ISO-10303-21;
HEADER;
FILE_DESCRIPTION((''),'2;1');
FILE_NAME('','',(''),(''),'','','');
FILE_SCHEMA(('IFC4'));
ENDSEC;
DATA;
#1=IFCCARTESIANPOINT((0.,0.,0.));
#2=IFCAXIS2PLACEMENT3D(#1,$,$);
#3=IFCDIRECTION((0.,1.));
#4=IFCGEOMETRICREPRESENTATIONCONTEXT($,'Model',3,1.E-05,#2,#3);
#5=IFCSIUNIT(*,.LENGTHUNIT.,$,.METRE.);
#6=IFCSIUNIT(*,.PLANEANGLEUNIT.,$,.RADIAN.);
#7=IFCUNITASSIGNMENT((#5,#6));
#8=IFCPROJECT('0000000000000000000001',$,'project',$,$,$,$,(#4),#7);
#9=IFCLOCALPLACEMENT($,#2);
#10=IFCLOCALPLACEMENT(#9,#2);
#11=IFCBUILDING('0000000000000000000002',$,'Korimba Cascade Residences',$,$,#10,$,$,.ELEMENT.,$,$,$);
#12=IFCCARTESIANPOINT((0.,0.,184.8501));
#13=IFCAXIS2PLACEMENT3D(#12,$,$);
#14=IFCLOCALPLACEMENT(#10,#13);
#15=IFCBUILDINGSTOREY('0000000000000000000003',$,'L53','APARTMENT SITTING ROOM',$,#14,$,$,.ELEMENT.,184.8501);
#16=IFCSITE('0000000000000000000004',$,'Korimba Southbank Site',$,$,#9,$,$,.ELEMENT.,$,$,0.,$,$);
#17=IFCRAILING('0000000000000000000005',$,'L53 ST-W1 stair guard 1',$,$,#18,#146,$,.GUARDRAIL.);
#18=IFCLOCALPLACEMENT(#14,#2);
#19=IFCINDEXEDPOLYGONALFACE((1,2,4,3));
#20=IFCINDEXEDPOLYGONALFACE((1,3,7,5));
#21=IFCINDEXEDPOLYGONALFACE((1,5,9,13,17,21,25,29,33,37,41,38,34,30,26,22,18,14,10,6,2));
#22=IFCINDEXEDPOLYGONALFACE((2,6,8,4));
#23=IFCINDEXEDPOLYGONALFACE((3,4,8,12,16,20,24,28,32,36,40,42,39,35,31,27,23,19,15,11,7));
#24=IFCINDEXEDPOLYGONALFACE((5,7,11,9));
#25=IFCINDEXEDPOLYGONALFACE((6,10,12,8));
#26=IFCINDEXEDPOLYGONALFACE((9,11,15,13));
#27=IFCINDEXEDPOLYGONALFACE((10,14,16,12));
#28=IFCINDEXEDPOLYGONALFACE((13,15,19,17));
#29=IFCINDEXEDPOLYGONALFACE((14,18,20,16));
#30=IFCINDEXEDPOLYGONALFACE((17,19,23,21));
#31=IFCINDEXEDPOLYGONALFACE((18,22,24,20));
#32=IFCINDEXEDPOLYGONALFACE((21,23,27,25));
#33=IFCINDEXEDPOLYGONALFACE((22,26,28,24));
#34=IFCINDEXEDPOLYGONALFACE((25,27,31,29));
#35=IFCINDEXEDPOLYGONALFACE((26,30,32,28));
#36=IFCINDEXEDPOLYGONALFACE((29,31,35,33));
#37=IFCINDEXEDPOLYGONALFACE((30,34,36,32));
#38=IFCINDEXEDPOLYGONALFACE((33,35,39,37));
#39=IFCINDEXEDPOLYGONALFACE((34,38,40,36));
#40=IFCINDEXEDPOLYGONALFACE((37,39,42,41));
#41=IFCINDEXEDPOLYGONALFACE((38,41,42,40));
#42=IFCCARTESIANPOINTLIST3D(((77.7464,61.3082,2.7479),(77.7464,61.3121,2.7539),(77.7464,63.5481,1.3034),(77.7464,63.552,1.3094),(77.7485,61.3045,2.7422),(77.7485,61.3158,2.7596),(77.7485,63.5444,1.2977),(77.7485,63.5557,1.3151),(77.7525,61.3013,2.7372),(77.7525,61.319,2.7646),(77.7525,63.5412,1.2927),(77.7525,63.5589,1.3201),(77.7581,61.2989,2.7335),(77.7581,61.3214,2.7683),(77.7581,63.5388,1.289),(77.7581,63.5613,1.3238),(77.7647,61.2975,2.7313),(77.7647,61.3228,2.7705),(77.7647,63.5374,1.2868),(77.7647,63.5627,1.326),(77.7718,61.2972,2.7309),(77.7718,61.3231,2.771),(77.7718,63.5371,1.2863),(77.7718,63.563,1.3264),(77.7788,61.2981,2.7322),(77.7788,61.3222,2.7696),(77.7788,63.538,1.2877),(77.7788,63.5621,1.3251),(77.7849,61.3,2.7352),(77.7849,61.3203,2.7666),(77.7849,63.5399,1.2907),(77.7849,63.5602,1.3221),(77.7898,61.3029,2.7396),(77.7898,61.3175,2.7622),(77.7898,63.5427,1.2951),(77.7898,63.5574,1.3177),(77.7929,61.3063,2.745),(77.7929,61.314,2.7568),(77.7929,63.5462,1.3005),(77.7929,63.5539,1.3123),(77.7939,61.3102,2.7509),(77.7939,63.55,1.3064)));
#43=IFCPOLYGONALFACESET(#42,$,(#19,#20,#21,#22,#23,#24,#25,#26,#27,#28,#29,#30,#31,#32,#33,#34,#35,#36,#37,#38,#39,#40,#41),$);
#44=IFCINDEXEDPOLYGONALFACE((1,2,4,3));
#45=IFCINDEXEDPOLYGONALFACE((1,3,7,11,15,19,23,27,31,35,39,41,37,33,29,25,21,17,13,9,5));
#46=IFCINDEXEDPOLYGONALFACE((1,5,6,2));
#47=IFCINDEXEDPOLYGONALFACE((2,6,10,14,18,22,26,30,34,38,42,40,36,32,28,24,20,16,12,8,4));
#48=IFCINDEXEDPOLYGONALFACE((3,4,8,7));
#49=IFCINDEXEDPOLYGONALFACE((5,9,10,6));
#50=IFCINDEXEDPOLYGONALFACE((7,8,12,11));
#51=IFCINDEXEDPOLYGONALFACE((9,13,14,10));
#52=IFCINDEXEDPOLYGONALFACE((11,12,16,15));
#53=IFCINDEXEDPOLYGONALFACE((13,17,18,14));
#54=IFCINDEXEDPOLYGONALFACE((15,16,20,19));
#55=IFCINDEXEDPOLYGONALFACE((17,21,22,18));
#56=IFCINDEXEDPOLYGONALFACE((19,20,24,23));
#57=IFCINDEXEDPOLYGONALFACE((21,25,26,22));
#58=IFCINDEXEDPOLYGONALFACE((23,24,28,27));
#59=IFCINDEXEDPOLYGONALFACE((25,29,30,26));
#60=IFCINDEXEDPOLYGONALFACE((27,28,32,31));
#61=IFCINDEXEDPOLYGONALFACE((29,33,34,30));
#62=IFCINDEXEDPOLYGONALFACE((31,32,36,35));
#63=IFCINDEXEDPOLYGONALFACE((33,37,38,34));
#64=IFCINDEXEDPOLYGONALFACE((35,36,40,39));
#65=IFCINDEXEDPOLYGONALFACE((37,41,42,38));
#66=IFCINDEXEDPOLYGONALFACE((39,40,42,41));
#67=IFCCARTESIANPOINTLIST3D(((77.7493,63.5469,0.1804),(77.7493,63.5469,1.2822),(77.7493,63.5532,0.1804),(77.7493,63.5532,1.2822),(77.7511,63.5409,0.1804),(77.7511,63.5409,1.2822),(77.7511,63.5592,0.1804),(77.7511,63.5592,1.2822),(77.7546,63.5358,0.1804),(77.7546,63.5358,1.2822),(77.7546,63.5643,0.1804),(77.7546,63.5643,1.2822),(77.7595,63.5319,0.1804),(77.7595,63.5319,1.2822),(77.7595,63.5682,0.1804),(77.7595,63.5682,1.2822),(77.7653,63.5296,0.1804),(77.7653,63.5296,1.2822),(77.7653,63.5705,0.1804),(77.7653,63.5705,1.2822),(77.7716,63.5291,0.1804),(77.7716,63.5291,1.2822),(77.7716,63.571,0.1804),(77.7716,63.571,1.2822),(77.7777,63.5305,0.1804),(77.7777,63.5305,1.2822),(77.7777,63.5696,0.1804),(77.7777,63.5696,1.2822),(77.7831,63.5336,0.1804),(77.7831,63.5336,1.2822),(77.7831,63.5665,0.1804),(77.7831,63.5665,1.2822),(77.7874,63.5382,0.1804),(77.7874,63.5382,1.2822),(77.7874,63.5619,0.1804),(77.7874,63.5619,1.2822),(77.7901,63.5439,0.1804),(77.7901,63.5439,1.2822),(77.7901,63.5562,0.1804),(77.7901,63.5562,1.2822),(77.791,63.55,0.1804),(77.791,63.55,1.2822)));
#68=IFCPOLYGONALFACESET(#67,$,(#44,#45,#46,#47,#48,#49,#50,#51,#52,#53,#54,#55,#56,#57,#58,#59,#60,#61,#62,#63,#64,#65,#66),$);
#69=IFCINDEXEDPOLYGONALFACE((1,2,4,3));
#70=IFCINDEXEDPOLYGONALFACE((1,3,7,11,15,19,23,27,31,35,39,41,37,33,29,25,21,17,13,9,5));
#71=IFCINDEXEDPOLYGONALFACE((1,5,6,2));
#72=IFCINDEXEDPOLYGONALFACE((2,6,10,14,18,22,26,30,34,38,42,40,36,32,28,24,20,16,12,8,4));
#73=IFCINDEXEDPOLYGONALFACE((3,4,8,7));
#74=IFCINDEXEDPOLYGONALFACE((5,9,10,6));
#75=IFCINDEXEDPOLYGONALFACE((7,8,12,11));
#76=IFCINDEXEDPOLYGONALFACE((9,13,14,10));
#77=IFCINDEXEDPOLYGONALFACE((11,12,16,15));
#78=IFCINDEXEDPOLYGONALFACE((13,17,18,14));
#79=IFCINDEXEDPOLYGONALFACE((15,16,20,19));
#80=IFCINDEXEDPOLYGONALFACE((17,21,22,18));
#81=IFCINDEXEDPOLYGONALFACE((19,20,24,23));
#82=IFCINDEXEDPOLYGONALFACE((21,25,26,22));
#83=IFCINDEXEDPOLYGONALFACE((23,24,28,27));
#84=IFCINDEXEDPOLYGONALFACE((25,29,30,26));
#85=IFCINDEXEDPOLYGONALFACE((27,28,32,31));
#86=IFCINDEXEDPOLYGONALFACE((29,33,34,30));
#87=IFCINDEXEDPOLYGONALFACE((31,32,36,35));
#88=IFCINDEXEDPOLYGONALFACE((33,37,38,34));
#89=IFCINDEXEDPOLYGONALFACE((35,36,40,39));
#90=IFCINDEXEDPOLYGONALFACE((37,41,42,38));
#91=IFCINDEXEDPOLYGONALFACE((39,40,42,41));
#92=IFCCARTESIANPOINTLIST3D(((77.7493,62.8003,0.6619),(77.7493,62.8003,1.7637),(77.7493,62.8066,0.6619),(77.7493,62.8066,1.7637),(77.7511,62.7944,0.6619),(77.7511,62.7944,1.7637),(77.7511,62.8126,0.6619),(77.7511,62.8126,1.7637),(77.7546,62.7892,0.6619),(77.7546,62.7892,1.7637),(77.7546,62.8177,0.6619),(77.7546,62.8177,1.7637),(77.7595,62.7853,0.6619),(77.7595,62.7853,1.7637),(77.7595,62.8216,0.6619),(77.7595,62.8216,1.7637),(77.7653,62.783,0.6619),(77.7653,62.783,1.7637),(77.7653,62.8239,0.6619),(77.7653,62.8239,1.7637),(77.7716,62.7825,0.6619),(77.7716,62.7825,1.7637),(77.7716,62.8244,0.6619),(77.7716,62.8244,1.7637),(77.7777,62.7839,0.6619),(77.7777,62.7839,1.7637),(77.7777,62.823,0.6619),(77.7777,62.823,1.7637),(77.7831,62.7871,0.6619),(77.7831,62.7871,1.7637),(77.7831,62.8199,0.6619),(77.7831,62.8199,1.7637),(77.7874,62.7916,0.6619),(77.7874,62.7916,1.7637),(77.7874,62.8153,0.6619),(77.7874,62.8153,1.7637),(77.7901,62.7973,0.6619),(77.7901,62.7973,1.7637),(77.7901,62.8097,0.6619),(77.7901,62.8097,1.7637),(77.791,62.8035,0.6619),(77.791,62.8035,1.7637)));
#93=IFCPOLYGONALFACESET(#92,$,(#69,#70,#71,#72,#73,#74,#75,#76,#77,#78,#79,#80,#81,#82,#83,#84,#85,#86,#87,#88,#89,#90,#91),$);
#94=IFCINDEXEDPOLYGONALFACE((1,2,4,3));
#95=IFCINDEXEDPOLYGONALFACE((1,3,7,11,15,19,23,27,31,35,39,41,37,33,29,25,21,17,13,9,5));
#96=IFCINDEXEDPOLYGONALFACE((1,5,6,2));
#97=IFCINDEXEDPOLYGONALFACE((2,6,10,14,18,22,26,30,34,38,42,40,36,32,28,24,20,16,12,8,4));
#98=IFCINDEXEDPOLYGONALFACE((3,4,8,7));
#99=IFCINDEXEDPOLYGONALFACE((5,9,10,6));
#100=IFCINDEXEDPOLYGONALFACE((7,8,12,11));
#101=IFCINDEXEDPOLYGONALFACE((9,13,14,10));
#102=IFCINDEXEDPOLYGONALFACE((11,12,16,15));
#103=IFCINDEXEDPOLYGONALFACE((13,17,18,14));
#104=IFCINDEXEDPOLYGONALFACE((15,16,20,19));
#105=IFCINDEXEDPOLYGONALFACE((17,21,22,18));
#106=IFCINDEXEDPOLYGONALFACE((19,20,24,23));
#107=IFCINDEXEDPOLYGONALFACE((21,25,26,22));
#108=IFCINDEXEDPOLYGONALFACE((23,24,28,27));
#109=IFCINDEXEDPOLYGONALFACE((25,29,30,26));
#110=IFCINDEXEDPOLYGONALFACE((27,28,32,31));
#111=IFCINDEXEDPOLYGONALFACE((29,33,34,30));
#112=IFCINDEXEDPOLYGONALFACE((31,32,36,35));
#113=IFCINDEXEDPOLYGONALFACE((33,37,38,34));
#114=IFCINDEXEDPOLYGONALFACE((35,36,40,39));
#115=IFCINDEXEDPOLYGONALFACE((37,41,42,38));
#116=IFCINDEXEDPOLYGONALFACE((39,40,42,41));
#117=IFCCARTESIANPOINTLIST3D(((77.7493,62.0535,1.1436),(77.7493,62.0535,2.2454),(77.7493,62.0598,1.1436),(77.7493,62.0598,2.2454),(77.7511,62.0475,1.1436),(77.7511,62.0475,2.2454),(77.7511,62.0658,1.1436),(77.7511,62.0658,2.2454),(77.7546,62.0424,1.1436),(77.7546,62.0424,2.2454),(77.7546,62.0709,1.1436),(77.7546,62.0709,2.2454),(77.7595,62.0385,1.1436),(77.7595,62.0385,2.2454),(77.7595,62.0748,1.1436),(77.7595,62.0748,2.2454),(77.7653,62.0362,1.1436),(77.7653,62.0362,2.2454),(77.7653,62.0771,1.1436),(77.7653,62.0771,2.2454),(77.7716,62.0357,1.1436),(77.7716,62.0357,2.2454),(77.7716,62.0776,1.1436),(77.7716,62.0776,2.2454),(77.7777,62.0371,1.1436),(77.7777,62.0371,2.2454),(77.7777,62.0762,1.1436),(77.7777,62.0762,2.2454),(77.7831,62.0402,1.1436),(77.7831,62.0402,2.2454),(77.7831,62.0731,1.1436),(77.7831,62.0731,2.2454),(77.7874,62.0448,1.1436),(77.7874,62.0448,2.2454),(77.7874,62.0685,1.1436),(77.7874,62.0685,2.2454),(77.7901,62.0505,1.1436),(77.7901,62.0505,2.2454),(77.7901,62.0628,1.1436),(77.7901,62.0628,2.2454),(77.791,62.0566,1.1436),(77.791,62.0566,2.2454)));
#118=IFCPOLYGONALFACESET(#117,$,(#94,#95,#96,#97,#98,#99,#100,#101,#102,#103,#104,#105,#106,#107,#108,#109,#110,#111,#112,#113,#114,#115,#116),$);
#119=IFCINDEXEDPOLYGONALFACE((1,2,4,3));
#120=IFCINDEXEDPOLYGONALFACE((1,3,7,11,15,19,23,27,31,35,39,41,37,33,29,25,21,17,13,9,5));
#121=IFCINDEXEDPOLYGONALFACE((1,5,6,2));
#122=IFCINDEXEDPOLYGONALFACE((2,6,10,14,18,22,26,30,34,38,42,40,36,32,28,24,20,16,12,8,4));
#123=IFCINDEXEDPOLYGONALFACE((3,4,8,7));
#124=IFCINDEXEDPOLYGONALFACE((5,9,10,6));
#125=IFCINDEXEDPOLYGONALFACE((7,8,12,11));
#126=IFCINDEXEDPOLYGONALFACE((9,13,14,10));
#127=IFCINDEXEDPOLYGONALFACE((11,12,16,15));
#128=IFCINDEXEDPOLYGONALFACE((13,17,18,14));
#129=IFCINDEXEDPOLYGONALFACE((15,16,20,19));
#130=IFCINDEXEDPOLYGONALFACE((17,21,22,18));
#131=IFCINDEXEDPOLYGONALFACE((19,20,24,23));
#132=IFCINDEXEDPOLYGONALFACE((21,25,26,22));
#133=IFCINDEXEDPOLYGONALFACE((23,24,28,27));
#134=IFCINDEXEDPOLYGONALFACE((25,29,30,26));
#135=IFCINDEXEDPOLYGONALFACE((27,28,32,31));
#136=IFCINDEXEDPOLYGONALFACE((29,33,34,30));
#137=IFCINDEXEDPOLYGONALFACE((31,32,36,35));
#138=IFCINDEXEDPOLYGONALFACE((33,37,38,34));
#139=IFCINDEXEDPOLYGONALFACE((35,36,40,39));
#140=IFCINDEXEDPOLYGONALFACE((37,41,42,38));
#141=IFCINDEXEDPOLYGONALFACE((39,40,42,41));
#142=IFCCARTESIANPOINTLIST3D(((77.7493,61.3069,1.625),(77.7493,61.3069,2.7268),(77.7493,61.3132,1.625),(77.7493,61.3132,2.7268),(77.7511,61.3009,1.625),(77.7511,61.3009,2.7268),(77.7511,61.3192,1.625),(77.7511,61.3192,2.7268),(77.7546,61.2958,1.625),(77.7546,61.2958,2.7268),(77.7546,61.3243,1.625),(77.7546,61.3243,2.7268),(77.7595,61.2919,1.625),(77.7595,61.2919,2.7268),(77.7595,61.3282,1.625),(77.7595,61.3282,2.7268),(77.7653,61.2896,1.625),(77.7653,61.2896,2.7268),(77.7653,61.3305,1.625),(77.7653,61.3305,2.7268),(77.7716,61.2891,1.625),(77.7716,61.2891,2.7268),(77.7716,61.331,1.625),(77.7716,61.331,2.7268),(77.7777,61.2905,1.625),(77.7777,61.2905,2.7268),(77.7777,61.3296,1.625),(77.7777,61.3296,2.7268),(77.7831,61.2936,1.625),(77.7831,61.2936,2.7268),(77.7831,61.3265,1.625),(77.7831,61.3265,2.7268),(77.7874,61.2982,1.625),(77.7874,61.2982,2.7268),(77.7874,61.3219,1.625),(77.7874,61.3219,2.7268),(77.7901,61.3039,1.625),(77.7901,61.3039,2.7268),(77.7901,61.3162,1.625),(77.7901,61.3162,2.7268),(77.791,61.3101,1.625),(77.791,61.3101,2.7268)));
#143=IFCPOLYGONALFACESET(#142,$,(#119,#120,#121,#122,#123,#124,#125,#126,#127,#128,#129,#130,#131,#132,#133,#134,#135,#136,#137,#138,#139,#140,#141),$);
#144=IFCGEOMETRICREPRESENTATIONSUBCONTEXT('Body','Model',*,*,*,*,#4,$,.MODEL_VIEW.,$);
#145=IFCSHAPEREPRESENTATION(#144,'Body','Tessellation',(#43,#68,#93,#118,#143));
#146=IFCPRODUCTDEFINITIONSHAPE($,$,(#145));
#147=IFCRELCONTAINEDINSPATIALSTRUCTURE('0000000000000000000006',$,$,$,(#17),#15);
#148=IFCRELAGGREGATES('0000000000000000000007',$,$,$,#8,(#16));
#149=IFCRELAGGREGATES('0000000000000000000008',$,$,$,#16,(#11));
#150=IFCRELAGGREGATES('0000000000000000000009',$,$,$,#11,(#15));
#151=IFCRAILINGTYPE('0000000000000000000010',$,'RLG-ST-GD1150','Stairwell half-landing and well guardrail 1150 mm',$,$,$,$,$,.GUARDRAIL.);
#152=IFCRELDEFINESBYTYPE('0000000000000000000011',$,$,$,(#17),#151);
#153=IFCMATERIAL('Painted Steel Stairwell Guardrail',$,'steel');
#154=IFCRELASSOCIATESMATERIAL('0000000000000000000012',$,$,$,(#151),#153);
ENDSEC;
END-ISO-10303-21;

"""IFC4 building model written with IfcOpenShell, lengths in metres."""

from ifc_helpers import new_model, si_unit, direction, frame, origin, origin_2d, place, context, subcontext, project, spatial, circle, extrude, material, type_object, element, save


model = new_model("IFC4")

# Units and contexts
model_context = context("Model", 3, precision=1e-05, world=origin(), true_north=direction((0.0, 1.0)))
body_context = subcontext(model_context, "Body", "Model", "MODEL_VIEW")
ifc_project = project(units=[si_unit("LENGTHUNIT", "METRE"), si_unit("PLANEANGLEUNIT", "RADIAN")], contexts=[model_context])

# Site, building, storey
site_placement = place(None, origin())
site = spatial("IfcSite", under=ifc_project, at=site_placement, Name="Korimba Southbank Site", CompositionType="ELEMENT", RefElevation=0.0)
building_placement = place(site_placement, origin())
building = spatial("IfcBuilding", under=site, at=building_placement, Name="Korimba Cascade Residences", CompositionType="ELEMENT")
storey_placement = place(building_placement, frame((0.0, 0.0, 184.8501)))
storey = spatial("IfcBuildingStorey", under=building, at=storey_placement, Name="L53", Description="APARTMENT SITTING ROOM", CompositionType="ELEMENT", Elevation=184.8501)

# Railing
ifc_material_1 = material(Name="Painted Steel Stairwell Guardrail", Category="steel")
railing_type_1 = type_object("IfcRailingType", Name="RLG-ST-GD1150", Description="Stairwell half-landing and well guardrail 1150 mm", PredefinedType="GUARDRAIL", material=ifc_material_1)
railing_1_placement = place(storey_placement, frame((77.77, 63.55, 0.1804)))
element("IfcRailing", 1, at=railing_1_placement, inside=storey, type_object=railing_type_1, Name="L53 ST-W1 stair guard 1", PredefinedType="GUARDRAIL", context=body_context, shape_type="SweptSolid", body=[
    extrude(circle(Radius=0.0239, at=origin_2d()), frame((0.0, 0.0, 1.126), z_axis=(0.0, -0.840395, 0.541975), x_axis=(1.0, 0.0, 0.0)), (0.0, 0.0, 1.0), 2.6653),
    extrude(circle(Radius=0.021, at=origin_2d()), origin(), (0.0, 0.0, 1.0), 1.1018),
    extrude(circle(Radius=0.021, at=origin_2d()), frame((0.0, -0.7466, 0.4814)), (0.0, 0.0, 1.0), 1.1018),
    extrude(circle(Radius=0.021, at=origin_2d()), frame((0.0, -1.4934, 0.9631)), (0.0, 0.0, 1.0), 1.1018),
    extrude(circle(Radius=0.021, at=origin_2d()), frame((0.0, -2.24, 1.4446)), (0.0, 0.0, 1.0), 1.1018),
])

save(model, "model.ifc")
